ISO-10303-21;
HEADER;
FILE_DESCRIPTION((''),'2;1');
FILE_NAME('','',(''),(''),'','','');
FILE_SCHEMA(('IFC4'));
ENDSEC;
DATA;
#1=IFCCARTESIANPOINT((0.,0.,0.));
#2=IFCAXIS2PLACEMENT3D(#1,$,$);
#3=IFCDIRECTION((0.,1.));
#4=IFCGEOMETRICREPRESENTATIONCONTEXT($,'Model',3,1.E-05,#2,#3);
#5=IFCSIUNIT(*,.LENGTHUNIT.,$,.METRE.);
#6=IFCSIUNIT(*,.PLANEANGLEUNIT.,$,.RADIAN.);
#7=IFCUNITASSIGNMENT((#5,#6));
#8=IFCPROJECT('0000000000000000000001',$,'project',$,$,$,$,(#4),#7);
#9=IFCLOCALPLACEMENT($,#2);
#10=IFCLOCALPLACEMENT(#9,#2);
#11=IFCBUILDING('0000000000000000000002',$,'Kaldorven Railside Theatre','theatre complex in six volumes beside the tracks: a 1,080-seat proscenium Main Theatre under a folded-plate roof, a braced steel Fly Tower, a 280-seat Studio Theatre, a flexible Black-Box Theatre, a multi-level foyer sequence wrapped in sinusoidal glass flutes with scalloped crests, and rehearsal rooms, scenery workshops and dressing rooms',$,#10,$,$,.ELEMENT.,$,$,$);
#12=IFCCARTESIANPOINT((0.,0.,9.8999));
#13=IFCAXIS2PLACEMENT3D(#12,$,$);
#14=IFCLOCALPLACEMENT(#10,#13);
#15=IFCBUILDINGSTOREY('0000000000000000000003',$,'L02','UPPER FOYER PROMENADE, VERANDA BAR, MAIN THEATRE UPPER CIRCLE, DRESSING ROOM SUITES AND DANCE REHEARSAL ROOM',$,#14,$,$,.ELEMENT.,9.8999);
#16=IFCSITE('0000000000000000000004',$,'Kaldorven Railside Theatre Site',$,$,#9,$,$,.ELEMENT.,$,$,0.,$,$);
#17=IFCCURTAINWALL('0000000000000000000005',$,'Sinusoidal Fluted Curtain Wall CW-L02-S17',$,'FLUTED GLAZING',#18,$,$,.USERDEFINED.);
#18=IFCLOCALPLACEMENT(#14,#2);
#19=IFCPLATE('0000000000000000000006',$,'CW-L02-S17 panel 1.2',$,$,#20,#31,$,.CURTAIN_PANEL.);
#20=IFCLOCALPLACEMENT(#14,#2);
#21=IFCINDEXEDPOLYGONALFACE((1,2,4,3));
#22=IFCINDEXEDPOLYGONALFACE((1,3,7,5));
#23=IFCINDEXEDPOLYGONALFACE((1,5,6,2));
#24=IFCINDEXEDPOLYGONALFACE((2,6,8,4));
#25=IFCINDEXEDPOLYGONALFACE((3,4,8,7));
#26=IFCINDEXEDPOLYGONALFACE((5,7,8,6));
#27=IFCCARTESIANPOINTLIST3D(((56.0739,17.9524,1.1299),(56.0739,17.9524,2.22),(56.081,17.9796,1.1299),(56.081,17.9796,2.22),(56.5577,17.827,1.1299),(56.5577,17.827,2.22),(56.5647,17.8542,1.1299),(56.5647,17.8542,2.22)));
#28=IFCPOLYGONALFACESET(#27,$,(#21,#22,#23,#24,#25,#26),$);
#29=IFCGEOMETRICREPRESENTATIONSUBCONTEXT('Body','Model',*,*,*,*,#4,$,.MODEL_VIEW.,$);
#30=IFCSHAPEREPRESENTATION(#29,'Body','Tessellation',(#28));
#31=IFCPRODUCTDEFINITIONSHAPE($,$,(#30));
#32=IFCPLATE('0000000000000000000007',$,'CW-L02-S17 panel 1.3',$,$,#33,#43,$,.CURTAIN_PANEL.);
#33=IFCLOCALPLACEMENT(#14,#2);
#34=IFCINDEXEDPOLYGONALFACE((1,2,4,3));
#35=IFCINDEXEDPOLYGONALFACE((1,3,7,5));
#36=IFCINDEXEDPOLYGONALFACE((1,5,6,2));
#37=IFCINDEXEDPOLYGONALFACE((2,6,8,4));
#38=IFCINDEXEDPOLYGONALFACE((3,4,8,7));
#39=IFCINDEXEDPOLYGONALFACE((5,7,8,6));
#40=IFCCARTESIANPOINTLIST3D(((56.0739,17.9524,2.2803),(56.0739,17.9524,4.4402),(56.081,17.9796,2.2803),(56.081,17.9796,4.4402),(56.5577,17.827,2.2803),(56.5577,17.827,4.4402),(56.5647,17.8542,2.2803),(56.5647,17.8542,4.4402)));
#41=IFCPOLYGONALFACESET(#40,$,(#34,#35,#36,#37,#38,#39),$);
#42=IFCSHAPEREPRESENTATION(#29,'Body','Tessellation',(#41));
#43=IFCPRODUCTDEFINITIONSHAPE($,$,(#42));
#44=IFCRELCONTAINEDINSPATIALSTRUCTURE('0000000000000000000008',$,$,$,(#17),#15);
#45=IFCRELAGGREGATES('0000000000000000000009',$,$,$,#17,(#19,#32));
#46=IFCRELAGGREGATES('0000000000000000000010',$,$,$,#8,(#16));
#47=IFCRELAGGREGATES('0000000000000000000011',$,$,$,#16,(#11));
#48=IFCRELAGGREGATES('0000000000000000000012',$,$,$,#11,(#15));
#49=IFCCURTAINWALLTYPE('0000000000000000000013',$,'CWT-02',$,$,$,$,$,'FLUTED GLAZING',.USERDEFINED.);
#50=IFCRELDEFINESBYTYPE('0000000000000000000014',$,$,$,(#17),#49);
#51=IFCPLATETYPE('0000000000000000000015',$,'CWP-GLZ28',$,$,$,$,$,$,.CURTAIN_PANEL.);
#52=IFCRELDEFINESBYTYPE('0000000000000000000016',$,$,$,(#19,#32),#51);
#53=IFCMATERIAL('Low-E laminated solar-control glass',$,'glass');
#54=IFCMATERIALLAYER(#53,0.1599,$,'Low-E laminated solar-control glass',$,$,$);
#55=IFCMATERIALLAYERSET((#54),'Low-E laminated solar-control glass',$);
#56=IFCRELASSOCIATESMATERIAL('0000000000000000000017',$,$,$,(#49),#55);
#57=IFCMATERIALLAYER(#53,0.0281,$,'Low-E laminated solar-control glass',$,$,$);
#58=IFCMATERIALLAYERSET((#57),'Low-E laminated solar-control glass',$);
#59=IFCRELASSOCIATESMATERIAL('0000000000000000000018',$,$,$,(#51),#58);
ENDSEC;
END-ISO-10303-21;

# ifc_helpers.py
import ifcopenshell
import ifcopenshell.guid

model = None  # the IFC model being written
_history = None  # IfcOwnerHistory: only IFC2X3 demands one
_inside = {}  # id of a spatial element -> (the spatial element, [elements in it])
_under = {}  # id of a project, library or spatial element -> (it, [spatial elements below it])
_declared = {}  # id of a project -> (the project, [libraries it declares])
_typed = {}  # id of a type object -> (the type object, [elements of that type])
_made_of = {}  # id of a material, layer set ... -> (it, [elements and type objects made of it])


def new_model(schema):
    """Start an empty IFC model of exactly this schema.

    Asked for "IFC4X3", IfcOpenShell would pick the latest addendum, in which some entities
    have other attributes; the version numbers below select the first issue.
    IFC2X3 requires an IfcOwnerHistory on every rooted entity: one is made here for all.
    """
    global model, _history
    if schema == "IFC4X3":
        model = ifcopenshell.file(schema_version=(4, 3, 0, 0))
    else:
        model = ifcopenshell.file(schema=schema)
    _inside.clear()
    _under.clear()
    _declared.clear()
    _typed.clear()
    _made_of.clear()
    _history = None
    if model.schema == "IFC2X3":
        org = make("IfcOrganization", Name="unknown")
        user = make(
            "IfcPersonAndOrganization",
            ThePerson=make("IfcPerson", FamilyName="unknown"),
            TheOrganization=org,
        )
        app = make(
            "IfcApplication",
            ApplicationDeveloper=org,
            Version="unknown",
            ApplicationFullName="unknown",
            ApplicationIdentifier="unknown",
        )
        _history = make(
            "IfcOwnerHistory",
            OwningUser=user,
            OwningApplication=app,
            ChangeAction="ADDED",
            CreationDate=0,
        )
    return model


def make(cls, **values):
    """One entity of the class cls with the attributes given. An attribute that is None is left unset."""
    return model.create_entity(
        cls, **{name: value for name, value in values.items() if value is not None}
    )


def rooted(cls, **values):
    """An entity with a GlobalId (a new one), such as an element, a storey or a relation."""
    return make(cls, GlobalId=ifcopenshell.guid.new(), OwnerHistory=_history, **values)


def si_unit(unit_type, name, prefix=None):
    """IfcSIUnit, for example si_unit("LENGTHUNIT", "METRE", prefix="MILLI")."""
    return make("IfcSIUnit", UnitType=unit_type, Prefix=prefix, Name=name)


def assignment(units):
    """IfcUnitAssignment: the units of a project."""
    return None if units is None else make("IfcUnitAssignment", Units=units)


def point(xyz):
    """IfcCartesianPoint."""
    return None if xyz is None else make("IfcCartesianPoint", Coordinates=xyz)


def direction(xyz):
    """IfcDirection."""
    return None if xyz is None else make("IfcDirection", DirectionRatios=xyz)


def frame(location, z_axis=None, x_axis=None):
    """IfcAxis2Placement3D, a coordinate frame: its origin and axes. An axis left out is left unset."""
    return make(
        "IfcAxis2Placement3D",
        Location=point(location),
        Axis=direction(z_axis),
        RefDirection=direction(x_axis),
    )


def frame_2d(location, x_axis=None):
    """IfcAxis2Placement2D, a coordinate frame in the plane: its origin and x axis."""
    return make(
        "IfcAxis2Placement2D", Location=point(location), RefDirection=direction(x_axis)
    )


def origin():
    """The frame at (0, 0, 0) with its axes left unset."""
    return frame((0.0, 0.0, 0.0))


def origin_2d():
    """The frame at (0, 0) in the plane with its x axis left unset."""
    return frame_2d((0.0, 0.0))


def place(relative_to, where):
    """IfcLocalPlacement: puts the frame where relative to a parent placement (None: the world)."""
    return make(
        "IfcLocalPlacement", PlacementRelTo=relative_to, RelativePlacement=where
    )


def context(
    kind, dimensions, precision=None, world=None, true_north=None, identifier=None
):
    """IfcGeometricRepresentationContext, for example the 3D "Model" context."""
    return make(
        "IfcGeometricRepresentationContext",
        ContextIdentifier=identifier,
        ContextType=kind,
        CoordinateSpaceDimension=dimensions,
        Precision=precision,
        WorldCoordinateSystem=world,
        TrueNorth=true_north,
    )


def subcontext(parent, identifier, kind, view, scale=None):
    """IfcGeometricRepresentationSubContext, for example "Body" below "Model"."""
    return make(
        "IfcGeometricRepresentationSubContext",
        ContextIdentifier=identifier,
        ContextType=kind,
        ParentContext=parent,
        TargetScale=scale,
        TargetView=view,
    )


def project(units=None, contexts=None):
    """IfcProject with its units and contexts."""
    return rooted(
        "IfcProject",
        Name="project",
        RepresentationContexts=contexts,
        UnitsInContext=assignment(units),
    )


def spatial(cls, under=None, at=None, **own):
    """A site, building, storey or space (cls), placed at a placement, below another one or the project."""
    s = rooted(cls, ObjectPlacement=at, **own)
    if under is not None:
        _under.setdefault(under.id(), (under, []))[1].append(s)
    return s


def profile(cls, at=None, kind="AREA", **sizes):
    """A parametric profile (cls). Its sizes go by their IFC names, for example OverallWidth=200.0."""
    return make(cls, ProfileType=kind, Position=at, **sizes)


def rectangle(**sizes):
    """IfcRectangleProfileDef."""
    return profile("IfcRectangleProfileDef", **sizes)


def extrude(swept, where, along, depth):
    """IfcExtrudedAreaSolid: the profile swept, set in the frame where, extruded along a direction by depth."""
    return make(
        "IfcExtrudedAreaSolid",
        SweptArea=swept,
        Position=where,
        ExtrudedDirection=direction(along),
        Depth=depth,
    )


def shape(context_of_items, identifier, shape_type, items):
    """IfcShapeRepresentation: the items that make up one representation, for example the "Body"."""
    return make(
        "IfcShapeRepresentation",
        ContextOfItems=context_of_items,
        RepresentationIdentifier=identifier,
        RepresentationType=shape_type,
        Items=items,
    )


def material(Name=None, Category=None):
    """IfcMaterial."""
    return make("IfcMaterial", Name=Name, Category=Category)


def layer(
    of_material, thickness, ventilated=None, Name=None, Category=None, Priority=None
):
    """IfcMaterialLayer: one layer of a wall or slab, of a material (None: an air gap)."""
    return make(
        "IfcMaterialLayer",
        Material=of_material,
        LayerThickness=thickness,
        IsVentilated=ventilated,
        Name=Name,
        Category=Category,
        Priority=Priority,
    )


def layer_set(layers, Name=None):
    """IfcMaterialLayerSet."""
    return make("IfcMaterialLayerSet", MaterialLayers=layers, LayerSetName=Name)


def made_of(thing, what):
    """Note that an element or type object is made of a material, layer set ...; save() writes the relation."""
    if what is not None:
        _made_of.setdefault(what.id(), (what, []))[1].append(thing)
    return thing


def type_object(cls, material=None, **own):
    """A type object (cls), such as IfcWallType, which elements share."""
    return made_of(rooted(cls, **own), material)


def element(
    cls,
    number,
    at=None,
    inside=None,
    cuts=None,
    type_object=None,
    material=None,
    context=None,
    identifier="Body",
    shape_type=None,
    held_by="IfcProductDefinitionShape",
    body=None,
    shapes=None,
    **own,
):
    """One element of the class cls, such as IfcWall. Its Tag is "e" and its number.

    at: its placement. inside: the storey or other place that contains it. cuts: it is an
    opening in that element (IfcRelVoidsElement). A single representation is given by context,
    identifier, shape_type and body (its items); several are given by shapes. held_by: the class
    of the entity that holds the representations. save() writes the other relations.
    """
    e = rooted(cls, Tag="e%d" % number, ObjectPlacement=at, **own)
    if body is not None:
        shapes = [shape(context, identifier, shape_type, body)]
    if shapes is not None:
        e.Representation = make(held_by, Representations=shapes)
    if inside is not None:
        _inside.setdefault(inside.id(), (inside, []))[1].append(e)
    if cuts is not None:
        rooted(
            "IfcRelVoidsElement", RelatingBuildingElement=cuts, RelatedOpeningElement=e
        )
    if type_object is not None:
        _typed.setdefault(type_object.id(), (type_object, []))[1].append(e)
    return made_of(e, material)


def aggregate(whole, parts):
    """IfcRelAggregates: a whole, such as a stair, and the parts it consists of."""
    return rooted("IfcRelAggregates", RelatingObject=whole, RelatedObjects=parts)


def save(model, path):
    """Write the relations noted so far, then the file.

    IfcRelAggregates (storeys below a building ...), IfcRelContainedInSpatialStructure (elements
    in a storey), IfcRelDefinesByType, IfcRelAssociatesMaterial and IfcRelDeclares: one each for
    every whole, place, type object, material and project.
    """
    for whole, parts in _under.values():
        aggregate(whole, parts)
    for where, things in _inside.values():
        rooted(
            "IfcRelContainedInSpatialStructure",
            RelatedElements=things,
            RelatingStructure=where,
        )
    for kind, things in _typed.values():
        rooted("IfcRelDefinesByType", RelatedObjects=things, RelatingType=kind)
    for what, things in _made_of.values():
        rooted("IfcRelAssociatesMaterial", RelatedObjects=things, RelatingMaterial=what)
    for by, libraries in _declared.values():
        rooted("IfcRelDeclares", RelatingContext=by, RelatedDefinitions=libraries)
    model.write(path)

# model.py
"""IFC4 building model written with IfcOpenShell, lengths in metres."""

from ifc_helpers import new_model, si_unit, direction, frame, origin, origin_2d, place, context, subcontext, project, spatial, rectangle, extrude, material, layer, layer_set, type_object, element, aggregate, save


model = new_model("IFC4")

# Units and contexts
model_context = context("Model", 3, precision=1e-05, world=origin(), true_north=direction((0.0, 1.0)))
body_context = subcontext(model_context, "Body", "Model", "MODEL_VIEW")
ifc_project = project(units=[si_unit("LENGTHUNIT", "METRE"), si_unit("PLANEANGLEUNIT", "RADIAN")], contexts=[model_context])

# Site, building, storey
site_placement = place(None, origin())
site = spatial("IfcSite", under=ifc_project, at=site_placement, Name="Kaldorven Railside Theatre Site", CompositionType="ELEMENT", RefElevation=0.0)
building_placement = place(site_placement, origin())
building = spatial("IfcBuilding", under=site, at=building_placement, Name="Kaldorven Railside Theatre", Description="theatre complex in six volumes beside the tracks: a 1,080-seat proscenium Main Theatre under a folded-plate roof, a braced steel Fly Tower, a 280-seat Studio Theatre, a flexible Black-Box Theatre, a multi-level foyer sequence wrapped in sinusoidal glass flutes with scalloped crests, and rehearsal rooms, scenery workshops and dressing rooms", CompositionType="ELEMENT")
storey_placement = place(building_placement, frame((0.0, 0.0, 9.8999)))
storey = spatial("IfcBuildingStorey", under=building, at=storey_placement, Name="L02", Description="UPPER FOYER PROMENADE, VERANDA BAR, MAIN THEATRE UPPER CIRCLE, DRESSING ROOM SUITES AND DANCE REHEARSAL ROOM", CompositionType="ELEMENT", Elevation=9.8999)

# Curtain wall
ifc_material_1 = material(Name="Low-E laminated solar-control glass", Category="glass")
ifc_layer_1 = layer(ifc_material_1, 0.1599, Name="Low-E laminated solar-control glass")
ifc_layer_set_1 = layer_set([ifc_layer_1], Name="Low-E laminated solar-control glass")
curtain_wall_type = type_object("IfcCurtainWallType", Name="CWT-02", ElementType="FLUTED GLAZING", PredefinedType="USERDEFINED", material=ifc_layer_set_1)
curtain_wall_1_placement = place(storey_placement, origin())
curtain_wall_1 = element("IfcCurtainWall", 1, at=curtain_wall_1_placement, inside=storey, type_object=curtain_wall_type, Name="Sinusoidal Fluted Curtain Wall CW-L02-S17", ObjectType="FLUTED GLAZING", PredefinedType="USERDEFINED")

# Plates
ifc_layer_2 = layer(ifc_material_1, 0.0281, Name="Low-E laminated solar-control glass")
ifc_layer_set_2 = layer_set([ifc_layer_2], Name="Low-E laminated solar-control glass")
plate_type = type_object("IfcPlateType", Name="CWP-GLZ28", PredefinedType="CURTAIN_PANEL", material=ifc_layer_set_2)
plate_1_placement = place(storey_placement, frame((56.3193, 17.9033, 1.1299), z_axis=(0.0, 0.0, 1.0), x_axis=(0.967999, -0.250954, 0.0)))
plate_1 = element("IfcPlate", 2, at=plate_1_placement, type_object=plate_type, Name="CW-L02-S17 panel 1.2", PredefinedType="CURTAIN_PANEL", context=body_context, shape_type="SweptSolid", body=[
    extrude(rectangle(XDim=0.4998, YDim=0.0281, at=origin_2d()), origin(), (0.0, 0.0, 1.0), 1.0901),
])
plate_2_placement = place(storey_placement, frame((56.3193, 17.9033, 2.2803), z_axis=(0.0, 0.0, 1.0), x_axis=(0.967999, -0.250954, 0.0)))
plate_2 = element("IfcPlate", 3, at=plate_2_placement, type_object=plate_type, Name="CW-L02-S17 panel 1.3", PredefinedType="CURTAIN_PANEL", context=body_context, shape_type="SweptSolid", body=[
    extrude(rectangle(XDim=0.4998, YDim=0.0281, at=origin_2d()), origin(), (0.0, 0.0, 1.0), 2.1599),
])
aggregate(curtain_wall_1, [plate_1, plate_2])

save(model, "model.ifc")
